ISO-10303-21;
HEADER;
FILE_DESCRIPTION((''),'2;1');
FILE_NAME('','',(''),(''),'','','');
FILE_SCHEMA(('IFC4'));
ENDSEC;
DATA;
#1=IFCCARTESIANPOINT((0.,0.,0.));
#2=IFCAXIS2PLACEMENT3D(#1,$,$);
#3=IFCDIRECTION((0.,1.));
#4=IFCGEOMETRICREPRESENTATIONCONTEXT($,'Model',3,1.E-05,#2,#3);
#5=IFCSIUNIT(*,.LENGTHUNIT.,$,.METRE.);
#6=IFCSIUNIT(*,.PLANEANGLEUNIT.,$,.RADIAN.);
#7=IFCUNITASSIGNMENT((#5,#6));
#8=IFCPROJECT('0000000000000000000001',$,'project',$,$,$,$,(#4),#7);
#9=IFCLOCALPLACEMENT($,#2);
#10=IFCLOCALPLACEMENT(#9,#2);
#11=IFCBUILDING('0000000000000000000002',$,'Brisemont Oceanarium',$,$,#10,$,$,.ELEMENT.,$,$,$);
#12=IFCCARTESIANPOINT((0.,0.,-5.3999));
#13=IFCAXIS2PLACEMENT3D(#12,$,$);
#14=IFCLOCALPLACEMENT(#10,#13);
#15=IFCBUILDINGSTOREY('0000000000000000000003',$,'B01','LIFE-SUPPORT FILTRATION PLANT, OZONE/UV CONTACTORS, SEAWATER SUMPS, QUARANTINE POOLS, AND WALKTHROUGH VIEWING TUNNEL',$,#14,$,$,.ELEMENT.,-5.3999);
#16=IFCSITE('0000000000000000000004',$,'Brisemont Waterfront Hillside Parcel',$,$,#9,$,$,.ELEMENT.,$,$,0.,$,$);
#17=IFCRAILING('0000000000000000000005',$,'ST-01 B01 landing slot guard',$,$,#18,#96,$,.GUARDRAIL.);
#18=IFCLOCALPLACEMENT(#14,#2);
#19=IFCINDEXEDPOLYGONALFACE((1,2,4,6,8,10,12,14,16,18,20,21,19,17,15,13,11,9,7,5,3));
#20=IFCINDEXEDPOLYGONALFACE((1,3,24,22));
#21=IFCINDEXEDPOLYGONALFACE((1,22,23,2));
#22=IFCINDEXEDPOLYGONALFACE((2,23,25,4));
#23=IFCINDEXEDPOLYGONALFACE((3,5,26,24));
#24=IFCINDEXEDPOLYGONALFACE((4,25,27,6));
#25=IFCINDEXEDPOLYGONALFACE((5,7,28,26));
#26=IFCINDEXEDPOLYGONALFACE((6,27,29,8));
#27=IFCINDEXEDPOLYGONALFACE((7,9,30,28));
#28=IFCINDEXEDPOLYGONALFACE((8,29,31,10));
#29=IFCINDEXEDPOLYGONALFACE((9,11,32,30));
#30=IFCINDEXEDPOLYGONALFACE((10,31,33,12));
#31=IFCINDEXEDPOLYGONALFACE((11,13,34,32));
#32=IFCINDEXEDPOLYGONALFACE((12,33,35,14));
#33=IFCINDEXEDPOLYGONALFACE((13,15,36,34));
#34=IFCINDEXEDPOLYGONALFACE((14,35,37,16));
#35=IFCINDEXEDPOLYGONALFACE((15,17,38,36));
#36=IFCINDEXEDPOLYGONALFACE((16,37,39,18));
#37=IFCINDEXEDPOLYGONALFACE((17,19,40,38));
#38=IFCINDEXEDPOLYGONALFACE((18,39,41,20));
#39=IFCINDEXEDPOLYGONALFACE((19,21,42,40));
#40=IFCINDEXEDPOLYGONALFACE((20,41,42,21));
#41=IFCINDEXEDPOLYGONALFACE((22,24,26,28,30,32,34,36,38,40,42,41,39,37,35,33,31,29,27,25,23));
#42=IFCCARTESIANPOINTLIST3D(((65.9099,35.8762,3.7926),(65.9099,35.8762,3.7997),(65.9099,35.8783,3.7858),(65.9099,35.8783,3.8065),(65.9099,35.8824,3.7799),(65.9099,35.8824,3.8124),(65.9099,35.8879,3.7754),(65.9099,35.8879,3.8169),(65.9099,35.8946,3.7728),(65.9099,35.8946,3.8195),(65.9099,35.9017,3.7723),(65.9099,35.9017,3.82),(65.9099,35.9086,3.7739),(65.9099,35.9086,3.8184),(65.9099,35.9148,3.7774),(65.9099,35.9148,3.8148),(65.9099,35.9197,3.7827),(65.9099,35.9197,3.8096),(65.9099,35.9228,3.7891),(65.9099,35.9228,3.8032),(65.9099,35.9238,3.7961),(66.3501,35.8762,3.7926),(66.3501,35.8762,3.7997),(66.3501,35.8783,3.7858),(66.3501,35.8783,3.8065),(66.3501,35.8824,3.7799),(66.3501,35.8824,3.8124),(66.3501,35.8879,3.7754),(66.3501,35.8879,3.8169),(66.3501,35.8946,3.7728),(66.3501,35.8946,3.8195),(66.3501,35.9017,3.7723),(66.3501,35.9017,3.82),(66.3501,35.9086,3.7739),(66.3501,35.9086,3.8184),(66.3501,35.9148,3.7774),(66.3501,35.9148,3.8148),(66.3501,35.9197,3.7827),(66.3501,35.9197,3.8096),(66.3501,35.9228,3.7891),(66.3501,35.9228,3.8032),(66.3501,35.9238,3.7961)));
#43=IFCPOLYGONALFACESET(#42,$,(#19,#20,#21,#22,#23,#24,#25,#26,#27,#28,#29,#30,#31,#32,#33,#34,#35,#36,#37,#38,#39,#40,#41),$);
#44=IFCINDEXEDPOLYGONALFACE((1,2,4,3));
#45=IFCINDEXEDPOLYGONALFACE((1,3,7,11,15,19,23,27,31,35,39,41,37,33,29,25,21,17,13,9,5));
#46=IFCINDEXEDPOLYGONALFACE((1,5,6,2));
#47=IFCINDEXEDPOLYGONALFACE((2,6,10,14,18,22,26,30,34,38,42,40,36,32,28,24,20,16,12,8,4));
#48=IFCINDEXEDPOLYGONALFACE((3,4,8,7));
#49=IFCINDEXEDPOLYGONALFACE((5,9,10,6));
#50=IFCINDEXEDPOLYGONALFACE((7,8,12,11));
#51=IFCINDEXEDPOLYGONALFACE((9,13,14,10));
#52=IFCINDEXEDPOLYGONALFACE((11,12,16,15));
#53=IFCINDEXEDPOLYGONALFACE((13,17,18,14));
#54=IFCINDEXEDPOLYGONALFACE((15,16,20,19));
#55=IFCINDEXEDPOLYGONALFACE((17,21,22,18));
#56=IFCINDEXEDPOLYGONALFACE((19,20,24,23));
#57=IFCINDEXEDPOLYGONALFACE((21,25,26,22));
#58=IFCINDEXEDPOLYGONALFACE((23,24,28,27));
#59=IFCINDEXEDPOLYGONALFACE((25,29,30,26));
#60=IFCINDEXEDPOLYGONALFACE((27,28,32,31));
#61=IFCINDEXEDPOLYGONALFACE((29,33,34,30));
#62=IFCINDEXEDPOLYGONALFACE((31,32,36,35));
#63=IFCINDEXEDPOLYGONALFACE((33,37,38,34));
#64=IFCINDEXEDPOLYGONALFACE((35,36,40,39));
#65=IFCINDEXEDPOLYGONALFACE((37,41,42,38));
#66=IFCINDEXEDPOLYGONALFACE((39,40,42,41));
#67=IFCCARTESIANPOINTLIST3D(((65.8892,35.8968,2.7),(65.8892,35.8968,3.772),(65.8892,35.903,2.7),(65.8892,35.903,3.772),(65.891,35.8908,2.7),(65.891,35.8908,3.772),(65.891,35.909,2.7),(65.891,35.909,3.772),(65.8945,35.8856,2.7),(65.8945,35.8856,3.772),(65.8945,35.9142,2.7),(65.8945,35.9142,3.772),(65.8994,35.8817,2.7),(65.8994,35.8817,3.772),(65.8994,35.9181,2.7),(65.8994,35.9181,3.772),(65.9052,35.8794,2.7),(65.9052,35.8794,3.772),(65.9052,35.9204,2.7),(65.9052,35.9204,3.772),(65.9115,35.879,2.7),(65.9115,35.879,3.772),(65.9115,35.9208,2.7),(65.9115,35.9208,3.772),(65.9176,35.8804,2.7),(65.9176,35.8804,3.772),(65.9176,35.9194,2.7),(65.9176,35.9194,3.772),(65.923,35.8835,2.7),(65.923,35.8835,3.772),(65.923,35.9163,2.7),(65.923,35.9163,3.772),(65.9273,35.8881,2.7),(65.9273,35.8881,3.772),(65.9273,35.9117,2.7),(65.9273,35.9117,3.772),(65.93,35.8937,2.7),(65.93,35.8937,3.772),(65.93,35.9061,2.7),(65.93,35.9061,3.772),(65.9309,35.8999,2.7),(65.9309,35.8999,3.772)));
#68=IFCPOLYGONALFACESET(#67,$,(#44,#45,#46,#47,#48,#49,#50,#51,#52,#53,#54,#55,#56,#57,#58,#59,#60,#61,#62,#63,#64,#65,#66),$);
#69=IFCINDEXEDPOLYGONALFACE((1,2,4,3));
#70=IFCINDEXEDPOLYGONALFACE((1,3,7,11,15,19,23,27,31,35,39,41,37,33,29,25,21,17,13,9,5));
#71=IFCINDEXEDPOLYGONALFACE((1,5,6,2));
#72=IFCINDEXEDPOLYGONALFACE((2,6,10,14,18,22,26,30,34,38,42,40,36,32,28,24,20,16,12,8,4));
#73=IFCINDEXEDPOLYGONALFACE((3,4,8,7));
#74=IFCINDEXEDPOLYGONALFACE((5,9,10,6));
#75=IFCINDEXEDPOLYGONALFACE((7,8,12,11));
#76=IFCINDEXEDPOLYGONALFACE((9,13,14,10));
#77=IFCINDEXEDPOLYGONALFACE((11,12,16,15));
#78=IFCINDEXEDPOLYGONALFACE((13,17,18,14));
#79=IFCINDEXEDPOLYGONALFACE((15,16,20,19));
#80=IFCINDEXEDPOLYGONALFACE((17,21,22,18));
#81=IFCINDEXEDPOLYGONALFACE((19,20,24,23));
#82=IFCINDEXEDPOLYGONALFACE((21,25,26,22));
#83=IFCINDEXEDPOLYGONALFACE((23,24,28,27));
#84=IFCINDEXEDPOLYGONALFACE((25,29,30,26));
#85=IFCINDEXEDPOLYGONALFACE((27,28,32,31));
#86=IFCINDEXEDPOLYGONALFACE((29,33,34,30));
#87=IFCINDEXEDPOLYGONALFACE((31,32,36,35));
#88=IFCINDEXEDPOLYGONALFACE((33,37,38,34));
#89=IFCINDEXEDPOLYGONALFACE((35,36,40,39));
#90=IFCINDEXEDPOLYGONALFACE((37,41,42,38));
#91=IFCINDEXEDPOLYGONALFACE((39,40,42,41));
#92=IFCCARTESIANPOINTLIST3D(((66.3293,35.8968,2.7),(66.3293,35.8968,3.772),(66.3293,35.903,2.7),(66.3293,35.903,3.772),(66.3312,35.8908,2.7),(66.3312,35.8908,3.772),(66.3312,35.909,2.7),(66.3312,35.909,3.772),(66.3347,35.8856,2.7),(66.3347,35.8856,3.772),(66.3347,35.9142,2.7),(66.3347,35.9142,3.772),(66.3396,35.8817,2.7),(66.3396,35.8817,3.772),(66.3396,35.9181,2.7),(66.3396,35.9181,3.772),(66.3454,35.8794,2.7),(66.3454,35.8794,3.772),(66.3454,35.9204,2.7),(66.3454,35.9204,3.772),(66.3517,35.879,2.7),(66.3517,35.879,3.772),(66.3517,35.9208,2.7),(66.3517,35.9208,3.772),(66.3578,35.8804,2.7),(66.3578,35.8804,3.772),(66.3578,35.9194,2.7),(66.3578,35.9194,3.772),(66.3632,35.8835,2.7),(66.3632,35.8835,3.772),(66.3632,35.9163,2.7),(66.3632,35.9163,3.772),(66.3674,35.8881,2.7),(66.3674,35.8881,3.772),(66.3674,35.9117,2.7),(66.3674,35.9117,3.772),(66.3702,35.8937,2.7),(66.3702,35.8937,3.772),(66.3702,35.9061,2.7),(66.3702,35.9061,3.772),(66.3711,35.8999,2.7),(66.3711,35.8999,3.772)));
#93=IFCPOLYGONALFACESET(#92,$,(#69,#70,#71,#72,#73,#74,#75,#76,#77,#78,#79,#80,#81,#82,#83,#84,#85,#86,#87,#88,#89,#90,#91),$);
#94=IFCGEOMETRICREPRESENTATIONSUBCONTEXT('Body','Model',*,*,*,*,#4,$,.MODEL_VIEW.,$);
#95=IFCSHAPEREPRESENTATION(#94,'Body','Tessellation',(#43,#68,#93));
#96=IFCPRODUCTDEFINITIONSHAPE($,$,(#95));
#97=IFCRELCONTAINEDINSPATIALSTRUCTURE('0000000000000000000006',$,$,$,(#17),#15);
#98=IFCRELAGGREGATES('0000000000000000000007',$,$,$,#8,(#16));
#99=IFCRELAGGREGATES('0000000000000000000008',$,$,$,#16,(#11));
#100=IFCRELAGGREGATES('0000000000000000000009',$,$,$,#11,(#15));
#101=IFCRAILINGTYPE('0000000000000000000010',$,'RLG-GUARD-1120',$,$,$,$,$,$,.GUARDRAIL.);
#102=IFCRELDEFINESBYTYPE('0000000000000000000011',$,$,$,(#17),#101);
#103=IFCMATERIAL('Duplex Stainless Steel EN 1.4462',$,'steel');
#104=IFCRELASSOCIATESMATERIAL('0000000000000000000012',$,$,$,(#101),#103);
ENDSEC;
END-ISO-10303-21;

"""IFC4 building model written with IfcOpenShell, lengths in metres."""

from ifc_helpers import new_model, si_unit, direction, frame, origin, origin_2d, place, context, subcontext, project, spatial, circle, extrude, material, type_object, element, save


model = new_model("IFC4")

# Units and contexts
model_context = context("Model", 3, precision=1e-05, world=origin(), true_north=direction((0.0, 1.0)))
body_context = subcontext(model_context, "Body", "Model", "MODEL_VIEW")
ifc_project = project(units=[si_unit("LENGTHUNIT", "METRE"), si_unit("PLANEANGLEUNIT", "RADIAN")], contexts=[model_context])

# Site, building, storey
site_placement = place(None, origin())
site = spatial("IfcSite", under=ifc_project, at=site_placement, Name="Brisemont Waterfront Hillside Parcel", CompositionType="ELEMENT", RefElevation=0.0)
building_placement = place(site_placement, origin())
building = spatial("IfcBuilding", under=site, at=building_placement, Name="Brisemont Oceanarium", CompositionType="ELEMENT")
storey_placement = place(building_placement, frame((0.0, 0.0, -5.3999)))
storey = spatial("IfcBuildingStorey", under=building, at=storey_placement, Name="B01", Description="LIFE-SUPPORT FILTRATION PLANT, OZONE/UV CONTACTORS, SEAWATER SUMPS, QUARANTINE POOLS, AND WALKTHROUGH VIEWING TUNNEL", CompositionType="ELEMENT", Elevation=-5.3999)

# Railing
ifc_material_1 = material(Name="Duplex Stainless Steel EN 1.4462", Category="steel")
railing_type_1 = type_object("IfcRailingType", Name="RLG-GUARD-1120", PredefinedType="GUARDRAIL", material=ifc_material_1)
railing_1_placement = place(storey_placement, frame((65.9099, 35.8999, 2.7)))
element("IfcRailing", 1, at=railing_1_placement, inside=storey, type_object=railing_type_1, Name="ST-01 B01 landing slot guard", PredefinedType="GUARDRAIL", context=body_context, shape_type="SweptSolid", body=[
    extrude(circle(Radius=0.0239, at=origin_2d()), frame((0.0, 0.0, 1.0962), z_axis=(1.0, 0.0, 0.0), x_axis=(0.0, 1.0, 0.0)), (0.0, 0.0, 1.0), 0.4402),
    extrude(circle(Radius=0.021, at=origin_2d()), origin(), (0.0, 0.0, 1.0), 1.072),
    extrude(circle(Radius=0.021, at=origin_2d()), frame((0.4402, 0.0, 0.0)), (0.0, 0.0, 1.0), 1.072),
])

save(model, "model.ifc")
